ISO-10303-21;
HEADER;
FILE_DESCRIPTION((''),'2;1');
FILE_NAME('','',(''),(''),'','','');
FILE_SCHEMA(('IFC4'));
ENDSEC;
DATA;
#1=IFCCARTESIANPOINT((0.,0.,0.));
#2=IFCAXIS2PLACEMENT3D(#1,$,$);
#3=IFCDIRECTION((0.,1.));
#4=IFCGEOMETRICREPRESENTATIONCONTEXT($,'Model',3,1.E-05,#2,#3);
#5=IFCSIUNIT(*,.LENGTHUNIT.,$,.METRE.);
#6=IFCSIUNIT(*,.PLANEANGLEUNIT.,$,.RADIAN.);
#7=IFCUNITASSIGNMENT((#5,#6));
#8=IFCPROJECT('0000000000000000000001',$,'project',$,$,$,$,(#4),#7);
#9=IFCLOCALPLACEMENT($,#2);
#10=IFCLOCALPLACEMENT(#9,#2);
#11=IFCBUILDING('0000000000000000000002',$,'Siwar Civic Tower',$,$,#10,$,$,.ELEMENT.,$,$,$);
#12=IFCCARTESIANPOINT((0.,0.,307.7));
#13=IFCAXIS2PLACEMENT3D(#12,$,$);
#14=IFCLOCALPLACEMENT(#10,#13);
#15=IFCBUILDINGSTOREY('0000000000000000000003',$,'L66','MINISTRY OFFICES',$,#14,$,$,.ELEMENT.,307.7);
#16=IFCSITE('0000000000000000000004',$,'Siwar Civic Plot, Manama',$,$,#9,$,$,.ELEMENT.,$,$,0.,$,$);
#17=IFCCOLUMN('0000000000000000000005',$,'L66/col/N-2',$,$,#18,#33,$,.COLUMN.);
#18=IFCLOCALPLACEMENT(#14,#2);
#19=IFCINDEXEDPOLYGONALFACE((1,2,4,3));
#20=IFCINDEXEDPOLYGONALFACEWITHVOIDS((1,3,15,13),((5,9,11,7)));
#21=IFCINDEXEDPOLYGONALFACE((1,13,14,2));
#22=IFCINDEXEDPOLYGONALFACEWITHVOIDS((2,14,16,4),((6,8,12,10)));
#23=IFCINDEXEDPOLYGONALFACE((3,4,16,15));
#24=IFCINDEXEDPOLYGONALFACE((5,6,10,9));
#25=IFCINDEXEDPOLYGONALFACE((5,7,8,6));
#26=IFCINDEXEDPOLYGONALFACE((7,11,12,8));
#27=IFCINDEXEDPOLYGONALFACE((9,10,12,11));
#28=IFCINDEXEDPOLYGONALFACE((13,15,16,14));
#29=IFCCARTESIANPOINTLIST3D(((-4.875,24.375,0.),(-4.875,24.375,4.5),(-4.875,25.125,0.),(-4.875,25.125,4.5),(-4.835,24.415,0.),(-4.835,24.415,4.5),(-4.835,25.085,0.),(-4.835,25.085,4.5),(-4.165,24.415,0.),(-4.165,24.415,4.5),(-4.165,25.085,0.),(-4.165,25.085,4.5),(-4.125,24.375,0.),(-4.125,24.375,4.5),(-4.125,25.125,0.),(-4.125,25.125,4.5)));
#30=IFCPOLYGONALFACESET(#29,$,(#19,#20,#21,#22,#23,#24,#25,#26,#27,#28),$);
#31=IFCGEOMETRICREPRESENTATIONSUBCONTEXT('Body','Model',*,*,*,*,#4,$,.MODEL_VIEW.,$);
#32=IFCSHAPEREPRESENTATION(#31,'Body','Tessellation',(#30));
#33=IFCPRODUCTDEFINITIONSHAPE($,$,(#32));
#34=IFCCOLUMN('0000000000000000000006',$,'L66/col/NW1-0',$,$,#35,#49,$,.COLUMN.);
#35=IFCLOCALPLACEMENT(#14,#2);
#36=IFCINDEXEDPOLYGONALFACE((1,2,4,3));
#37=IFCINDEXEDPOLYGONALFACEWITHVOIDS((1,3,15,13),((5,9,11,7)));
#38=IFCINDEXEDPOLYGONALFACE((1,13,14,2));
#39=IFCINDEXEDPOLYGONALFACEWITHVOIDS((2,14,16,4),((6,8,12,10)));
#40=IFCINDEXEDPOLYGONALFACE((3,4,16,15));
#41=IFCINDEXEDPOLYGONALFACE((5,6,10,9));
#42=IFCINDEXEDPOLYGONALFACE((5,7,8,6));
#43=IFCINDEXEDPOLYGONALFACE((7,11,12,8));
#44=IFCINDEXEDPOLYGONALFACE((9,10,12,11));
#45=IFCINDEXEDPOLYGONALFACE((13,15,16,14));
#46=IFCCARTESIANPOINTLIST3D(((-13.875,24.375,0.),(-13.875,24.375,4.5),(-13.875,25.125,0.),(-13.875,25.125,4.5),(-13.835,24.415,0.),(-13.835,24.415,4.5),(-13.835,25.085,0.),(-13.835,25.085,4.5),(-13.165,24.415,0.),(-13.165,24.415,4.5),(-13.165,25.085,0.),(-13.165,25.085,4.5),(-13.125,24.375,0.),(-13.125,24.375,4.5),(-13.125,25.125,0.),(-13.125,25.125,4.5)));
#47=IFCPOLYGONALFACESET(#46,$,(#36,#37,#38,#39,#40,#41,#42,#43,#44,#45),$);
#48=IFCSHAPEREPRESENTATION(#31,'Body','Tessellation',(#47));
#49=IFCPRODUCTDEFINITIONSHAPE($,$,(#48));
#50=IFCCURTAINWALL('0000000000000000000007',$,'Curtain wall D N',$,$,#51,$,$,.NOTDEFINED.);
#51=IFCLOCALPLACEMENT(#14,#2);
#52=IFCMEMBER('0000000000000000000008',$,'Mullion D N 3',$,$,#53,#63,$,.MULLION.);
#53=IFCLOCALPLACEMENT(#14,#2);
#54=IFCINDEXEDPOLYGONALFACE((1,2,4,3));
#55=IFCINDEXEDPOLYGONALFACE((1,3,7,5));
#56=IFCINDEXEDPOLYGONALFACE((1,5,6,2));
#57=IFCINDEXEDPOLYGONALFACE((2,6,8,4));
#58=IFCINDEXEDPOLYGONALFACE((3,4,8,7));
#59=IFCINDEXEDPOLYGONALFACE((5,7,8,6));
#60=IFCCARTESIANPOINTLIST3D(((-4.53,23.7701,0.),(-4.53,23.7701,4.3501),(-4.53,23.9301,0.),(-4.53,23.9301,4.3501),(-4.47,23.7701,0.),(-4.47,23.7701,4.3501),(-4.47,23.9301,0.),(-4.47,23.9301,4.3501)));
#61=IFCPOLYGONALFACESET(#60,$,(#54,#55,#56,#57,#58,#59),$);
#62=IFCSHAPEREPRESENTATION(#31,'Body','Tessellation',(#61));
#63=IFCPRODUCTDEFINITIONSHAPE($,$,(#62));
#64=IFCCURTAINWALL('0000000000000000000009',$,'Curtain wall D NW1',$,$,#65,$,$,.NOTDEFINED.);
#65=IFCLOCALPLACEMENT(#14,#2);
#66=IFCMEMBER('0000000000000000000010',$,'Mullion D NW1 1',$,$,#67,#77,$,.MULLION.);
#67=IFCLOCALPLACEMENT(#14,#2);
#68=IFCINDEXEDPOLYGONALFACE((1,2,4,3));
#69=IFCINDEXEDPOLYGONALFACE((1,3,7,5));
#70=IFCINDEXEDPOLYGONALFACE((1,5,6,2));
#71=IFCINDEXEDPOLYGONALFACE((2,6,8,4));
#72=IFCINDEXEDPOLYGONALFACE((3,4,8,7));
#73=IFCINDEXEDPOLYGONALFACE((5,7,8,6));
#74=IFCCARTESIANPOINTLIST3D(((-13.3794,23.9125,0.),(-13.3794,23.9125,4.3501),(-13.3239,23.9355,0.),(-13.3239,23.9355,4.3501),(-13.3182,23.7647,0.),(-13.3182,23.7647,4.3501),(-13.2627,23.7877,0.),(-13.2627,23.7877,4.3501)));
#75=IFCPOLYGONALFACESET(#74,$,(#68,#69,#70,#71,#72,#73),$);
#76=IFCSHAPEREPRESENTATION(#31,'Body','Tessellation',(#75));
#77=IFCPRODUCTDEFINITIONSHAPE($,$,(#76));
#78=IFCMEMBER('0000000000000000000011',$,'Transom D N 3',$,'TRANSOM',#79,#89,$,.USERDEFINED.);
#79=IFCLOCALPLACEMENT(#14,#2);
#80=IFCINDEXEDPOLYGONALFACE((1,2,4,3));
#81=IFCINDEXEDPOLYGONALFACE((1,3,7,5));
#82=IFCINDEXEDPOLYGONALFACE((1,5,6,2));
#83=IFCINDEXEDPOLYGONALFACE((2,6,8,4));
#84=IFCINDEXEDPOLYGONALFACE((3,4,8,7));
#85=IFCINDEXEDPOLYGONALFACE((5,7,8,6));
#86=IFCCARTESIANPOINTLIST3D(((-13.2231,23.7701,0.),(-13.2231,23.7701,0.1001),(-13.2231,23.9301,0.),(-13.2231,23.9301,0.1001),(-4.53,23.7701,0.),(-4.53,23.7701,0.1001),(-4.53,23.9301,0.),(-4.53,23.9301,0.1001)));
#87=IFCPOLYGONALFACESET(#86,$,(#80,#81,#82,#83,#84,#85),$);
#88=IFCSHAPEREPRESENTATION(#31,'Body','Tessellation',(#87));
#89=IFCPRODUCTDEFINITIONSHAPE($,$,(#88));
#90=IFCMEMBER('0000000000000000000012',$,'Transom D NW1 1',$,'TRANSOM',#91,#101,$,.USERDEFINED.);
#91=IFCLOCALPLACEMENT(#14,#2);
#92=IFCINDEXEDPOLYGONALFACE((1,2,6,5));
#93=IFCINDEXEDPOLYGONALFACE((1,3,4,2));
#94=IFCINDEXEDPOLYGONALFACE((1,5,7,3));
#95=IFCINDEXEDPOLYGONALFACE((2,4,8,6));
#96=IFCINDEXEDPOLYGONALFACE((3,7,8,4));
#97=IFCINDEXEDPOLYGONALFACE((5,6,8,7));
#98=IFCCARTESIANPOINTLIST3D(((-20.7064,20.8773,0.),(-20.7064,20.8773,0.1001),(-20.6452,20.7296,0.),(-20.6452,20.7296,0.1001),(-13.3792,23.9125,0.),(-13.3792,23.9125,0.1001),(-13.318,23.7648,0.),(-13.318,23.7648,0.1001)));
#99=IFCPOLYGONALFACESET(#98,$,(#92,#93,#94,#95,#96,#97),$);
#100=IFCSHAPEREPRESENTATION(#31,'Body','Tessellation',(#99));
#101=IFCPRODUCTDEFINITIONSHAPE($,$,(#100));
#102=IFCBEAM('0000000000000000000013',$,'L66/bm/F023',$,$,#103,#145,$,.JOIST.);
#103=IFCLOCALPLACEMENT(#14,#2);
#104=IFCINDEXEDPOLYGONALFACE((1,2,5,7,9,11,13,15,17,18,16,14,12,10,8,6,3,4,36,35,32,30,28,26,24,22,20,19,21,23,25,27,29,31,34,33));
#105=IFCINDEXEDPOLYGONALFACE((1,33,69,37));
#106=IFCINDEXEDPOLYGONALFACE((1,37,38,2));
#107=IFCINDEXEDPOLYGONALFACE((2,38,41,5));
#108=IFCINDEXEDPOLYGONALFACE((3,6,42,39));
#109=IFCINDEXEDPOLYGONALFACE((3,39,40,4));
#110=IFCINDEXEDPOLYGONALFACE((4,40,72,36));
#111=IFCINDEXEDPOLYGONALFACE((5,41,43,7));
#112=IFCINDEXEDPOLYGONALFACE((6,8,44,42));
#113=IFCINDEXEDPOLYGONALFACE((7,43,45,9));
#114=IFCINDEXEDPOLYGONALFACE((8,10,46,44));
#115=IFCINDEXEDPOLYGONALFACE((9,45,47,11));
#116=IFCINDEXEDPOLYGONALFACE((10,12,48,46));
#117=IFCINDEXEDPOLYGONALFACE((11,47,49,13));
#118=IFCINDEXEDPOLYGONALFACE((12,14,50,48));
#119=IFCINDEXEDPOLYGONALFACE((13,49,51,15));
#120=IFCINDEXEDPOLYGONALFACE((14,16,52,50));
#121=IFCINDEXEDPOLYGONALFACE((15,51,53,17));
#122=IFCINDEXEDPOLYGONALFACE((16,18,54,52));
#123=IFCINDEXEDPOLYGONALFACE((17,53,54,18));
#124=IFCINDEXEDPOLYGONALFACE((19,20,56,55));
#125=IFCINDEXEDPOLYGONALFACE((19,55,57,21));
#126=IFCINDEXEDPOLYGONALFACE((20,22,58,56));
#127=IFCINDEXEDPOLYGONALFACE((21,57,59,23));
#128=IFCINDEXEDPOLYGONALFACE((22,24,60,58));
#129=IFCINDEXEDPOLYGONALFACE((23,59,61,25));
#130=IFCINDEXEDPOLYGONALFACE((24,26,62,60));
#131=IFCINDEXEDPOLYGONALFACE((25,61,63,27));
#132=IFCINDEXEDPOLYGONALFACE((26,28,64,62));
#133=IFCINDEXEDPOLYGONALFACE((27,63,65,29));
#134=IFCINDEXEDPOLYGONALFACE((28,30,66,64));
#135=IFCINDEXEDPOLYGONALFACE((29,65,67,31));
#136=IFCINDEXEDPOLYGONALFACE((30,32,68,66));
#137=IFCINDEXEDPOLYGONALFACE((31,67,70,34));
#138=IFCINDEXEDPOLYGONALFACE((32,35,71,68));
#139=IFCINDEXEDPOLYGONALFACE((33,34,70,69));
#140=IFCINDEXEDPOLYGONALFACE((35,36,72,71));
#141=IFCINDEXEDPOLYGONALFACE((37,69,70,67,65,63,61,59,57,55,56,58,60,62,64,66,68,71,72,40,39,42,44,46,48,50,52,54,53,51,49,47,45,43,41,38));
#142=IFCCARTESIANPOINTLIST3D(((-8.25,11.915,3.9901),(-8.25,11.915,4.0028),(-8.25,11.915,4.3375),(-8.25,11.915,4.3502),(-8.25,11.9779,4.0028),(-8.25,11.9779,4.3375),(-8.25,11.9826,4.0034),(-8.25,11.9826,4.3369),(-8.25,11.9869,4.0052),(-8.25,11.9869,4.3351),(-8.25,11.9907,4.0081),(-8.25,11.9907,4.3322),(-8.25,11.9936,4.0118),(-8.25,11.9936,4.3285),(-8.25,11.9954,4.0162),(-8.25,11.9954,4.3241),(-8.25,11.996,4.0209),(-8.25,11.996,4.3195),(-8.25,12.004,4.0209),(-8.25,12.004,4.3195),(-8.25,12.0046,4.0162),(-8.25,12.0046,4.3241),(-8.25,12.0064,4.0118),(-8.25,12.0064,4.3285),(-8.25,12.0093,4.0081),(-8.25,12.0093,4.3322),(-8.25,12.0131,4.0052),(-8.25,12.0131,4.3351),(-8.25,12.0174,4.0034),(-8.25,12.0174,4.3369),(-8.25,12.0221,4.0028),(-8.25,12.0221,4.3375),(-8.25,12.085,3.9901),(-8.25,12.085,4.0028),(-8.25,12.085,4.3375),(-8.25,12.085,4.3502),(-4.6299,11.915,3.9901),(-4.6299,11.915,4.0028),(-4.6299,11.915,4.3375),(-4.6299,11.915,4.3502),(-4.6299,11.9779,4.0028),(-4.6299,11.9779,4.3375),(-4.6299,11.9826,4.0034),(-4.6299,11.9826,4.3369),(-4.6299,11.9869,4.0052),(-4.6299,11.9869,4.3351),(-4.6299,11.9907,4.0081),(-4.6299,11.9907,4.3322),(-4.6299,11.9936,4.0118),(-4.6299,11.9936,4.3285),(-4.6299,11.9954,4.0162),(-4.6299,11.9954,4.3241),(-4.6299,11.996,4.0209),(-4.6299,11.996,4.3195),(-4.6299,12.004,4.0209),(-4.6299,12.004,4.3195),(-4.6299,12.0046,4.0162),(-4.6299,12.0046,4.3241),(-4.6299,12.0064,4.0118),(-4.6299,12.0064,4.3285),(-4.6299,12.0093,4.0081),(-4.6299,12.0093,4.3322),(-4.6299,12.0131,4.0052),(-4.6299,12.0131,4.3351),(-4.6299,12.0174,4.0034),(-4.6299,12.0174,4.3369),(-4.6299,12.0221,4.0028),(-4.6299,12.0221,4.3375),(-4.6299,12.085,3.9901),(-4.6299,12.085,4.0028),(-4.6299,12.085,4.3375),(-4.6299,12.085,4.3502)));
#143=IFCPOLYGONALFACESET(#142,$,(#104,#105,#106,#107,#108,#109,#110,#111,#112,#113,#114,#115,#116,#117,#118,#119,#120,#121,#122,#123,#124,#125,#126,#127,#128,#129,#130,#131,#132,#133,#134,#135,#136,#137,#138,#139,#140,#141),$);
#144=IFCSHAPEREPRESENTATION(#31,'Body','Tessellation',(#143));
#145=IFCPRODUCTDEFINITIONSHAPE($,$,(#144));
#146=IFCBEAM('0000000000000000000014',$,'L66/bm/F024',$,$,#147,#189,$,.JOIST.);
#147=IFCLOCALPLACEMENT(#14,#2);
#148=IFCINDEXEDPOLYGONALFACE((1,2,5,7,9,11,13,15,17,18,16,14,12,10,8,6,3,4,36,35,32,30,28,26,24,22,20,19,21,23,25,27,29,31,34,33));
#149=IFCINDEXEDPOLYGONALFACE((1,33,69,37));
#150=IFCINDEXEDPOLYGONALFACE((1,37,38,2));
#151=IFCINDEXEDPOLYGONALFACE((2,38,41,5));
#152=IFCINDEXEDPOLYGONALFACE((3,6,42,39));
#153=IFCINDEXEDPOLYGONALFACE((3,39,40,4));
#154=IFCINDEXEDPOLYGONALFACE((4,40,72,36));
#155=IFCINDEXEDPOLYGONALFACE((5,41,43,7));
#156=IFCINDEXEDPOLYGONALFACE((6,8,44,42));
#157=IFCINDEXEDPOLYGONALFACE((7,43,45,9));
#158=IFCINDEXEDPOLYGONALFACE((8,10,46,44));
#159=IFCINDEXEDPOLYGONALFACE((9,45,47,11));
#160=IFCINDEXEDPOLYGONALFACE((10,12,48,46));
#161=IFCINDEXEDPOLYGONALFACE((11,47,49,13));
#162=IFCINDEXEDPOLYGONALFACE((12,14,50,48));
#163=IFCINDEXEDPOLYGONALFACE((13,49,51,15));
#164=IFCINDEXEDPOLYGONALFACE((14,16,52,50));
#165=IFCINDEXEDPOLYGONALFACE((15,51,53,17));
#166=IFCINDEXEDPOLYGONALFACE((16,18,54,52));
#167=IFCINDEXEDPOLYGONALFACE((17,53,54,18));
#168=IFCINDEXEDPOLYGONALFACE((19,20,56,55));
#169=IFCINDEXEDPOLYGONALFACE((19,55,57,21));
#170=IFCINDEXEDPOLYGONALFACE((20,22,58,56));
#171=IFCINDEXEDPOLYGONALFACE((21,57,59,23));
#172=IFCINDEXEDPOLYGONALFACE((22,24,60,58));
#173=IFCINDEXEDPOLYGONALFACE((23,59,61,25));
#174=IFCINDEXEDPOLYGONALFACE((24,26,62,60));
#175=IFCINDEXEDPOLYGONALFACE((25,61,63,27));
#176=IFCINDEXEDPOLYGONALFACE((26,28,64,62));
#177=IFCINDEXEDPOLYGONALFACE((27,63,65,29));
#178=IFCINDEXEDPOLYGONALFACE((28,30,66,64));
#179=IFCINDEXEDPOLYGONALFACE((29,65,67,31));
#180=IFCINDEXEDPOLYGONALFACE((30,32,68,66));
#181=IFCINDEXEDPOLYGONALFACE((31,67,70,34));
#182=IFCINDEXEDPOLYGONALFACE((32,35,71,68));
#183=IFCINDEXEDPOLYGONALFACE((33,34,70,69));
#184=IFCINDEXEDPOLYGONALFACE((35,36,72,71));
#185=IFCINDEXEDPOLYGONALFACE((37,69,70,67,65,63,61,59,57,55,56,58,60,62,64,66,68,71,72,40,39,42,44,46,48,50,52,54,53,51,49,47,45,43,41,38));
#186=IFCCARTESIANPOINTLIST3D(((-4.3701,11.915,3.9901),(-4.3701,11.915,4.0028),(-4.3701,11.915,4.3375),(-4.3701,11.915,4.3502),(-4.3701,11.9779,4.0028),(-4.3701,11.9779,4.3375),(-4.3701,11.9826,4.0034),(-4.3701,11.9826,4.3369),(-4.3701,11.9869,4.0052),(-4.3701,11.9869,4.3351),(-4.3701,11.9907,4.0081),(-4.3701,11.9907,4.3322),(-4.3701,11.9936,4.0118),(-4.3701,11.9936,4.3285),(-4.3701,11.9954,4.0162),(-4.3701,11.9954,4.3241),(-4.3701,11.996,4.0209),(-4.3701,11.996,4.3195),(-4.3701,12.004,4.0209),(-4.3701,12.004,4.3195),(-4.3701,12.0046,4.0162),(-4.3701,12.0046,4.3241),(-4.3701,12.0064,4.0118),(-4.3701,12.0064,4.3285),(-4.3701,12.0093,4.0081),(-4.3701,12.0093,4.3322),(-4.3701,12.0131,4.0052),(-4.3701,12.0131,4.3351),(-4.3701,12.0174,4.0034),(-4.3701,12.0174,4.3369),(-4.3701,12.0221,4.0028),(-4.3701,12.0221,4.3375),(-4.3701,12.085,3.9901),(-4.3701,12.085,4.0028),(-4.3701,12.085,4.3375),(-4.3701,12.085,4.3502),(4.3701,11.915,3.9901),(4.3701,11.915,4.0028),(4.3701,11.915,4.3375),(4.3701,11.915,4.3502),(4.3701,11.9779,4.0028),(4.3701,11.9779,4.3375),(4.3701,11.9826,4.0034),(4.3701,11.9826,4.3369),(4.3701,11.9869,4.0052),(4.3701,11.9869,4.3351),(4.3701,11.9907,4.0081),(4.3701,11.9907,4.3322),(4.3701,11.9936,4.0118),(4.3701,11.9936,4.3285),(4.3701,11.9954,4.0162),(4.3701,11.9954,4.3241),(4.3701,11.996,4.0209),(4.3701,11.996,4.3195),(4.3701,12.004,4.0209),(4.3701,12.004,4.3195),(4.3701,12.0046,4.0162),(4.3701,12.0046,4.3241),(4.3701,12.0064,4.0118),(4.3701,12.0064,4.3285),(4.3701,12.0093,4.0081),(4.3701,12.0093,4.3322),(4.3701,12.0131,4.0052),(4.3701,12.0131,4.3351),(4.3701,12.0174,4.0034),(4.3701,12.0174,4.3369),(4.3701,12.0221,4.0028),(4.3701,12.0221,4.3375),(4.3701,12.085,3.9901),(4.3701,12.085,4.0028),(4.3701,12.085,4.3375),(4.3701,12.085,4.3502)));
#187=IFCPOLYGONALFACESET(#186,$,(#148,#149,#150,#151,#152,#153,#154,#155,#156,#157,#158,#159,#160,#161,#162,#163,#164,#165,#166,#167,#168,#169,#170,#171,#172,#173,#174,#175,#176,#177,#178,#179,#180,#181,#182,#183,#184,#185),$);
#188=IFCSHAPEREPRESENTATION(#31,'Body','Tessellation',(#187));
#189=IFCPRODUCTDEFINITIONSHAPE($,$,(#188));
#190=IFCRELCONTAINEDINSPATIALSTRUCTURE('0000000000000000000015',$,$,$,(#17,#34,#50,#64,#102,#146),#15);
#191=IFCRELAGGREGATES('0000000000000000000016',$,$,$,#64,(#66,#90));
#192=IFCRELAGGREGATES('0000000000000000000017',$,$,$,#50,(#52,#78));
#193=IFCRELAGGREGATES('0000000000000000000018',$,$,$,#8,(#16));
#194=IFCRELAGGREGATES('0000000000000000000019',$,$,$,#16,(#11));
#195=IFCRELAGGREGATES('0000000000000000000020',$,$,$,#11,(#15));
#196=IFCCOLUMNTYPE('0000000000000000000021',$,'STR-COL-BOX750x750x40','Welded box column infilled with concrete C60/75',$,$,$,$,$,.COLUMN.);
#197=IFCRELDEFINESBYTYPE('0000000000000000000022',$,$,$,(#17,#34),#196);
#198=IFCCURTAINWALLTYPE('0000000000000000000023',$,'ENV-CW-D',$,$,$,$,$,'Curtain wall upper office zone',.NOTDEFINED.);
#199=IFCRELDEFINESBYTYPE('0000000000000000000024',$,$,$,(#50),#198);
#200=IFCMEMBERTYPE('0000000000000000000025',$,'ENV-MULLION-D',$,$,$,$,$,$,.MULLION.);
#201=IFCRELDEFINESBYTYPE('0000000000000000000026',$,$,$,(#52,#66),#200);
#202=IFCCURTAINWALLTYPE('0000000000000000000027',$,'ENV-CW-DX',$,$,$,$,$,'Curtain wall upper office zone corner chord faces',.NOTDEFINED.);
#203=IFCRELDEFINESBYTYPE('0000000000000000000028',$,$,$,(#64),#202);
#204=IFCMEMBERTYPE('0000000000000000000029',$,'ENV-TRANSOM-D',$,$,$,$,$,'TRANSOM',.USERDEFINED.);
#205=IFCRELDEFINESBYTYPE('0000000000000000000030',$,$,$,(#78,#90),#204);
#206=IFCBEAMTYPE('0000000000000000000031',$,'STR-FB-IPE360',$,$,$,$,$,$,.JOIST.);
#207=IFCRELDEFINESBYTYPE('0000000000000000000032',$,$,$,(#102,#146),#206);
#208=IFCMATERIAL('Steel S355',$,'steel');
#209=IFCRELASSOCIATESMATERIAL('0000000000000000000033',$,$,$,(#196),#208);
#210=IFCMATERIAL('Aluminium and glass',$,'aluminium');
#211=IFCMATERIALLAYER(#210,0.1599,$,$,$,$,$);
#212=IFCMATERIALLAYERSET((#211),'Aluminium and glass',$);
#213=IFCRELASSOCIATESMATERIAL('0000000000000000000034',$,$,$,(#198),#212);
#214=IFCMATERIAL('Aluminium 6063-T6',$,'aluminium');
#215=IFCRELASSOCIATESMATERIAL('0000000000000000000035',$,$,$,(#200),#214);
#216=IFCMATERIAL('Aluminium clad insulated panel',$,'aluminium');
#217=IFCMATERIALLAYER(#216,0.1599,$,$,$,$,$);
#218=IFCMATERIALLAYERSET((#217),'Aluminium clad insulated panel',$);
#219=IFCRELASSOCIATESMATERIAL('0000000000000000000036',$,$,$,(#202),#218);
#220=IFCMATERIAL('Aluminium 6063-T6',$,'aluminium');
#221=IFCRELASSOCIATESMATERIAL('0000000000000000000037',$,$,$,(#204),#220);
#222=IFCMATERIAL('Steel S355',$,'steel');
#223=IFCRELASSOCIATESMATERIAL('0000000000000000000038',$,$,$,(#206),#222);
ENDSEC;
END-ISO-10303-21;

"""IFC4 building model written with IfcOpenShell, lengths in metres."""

from ifc_helpers import new_model, si_unit, direction, frame, origin, origin_2d, place, context, subcontext, project, spatial, rectangle, hollow_rectangle, i_section, extrude, material, layer, layer_set, material_profile, profile_set, type_object, element, aggregate, save


model = new_model("IFC4")

# Units and contexts
model_context = context("Model", 3, precision=1e-05, world=origin(), true_north=direction((0.0, 1.0)))
body_context = subcontext(model_context, "Body", "Model", "MODEL_VIEW")
ifc_project = project(units=[si_unit("LENGTHUNIT", "METRE"), si_unit("PLANEANGLEUNIT", "RADIAN")], contexts=[model_context])

# Site, building, storey
site_placement = place(None, origin())
site = spatial("IfcSite", under=ifc_project, at=site_placement, Name="Siwar Civic Plot, Manama", CompositionType="ELEMENT", RefElevation=0.0)
building_placement = place(site_placement, origin())
building = spatial("IfcBuilding", under=site, at=building_placement, Name="Siwar Civic Tower", CompositionType="ELEMENT")
storey_placement = place(building_placement, frame((0.0, 0.0, 307.7)))
storey = spatial("IfcBuildingStorey", under=building, at=storey_placement, Name="L66", Description="MINISTRY OFFICES", CompositionType="ELEMENT", Elevation=307.7)

# Columns
ifc_material_1 = material(Name="Steel S355", Category="steel")
ifc_material_profile_1 = material_profile(ifc_material_1, hollow_rectangle(XDim=0.75, YDim=0.75, WallThickness=0.04, at=origin_2d()), Name="BOX750x750x40")
ifc_profile_set_1 = profile_set([ifc_material_profile_1], Name="Steel S355")
column_type = type_object("IfcColumnType", Name="STR-COL-BOX750x750x40", Description="Welded box column infilled with concrete C60/75", PredefinedType="COLUMN", material=ifc_profile_set_1)
for number, where, z_axis, x_axis, name in (
    (1, (-4.5, 24.75, 0.0), (0.0, 0.0, 1.0), (1.0, 0.0, 0.0), "L66/col/N-2"),
    (2, (-13.5, 24.75, 0.0), (0.0, 0.0, 1.0), (1.0, 0.0, 0.0), "L66/col/NW1-0"),
):
    element("IfcColumn", number, at=place(storey_placement, frame(where, z_axis=z_axis, x_axis=x_axis)), inside=storey, type_object=column_type, Name=name, PredefinedType="COLUMN", context=body_context, shape_type="SweptSolid", body=[
        extrude(hollow_rectangle(XDim=0.75, YDim=0.75, WallThickness=0.04, at=origin_2d()), origin(), (0.0, 0.0, 1.0), 4.5),
    ])

# Curtain walls, members
ifc_material_2 = material(Name="Aluminium and glass", Category="aluminium")
ifc_layer_1 = layer(ifc_material_2, 0.1599)
ifc_layer_set_1 = layer_set([ifc_layer_1], Name="Aluminium and glass")
curtain_wall_type_1 = type_object("IfcCurtainWallType", Name="ENV-CW-D", ElementType="Curtain wall upper office zone", PredefinedType="NOTDEFINED", material=ifc_layer_set_1)
curtain_wall_1_placement = place(storey_placement, origin())
curtain_wall_1 = element("IfcCurtainWall", 3, at=curtain_wall_1_placement, inside=storey, type_object=curtain_wall_type_1, Name="Curtain wall D N", PredefinedType="NOTDEFINED")
ifc_material_3 = material(Name="Aluminium 6063-T6", Category="aluminium")
ifc_material_profile_2 = material_profile(ifc_material_3, rectangle(XDim=0.1599, YDim=0.0601, at=origin_2d()), Name="AL 160x60")
ifc_profile_set_2 = profile_set([ifc_material_profile_2], Name="Aluminium 6063-T6")
member_type_1 = type_object("IfcMemberType", Name="ENV-MULLION-D", PredefinedType="MULLION", material=ifc_profile_set_2)
member_1_placement = place(storey_placement, frame((-4.5, 23.8501, 0.0), z_axis=(0.0, 0.0, 1.0), x_axis=(0.0, -1.0, 0.0)))
member_1 = element("IfcMember", 4, at=member_1_placement, type_object=member_type_1, Name="Mullion D N 3", PredefinedType="MULLION", context=body_context, shape_type="SweptSolid", body=[
    extrude(rectangle(XDim=0.1599, YDim=0.0601, at=origin_2d()), origin(), (0.0, 0.0, 1.0), 4.3501),
])
ifc_material_4 = material(Name="Aluminium clad insulated panel", Category="aluminium")
ifc_layer_2 = layer(ifc_material_4, 0.1599)
ifc_layer_set_2 = layer_set([ifc_layer_2], Name="Aluminium clad insulated panel")
curtain_wall_type_2 = type_object("IfcCurtainWallType", Name="ENV-CW-DX", ElementType="Curtain wall upper office zone corner chord faces", PredefinedType="NOTDEFINED", material=ifc_layer_set_2)
curtain_wall_2_placement = place(storey_placement, origin())
curtain_wall_2 = element("IfcCurtainWall", 5, at=curtain_wall_2_placement, inside=storey, type_object=curtain_wall_type_2, Name="Curtain wall D NW1", PredefinedType="NOTDEFINED")
member_2_placement = place(storey_placement, frame((-13.321, 23.8501, 0.0), z_axis=(0.0, 0.0, 1.0), x_axis=(0.382683, -0.92388, 0.0)))
member_2 = element("IfcMember", 6, at=member_2_placement, type_object=member_type_1, Name="Mullion D NW1 1", PredefinedType="MULLION", context=body_context, shape_type="SweptSolid", body=[
    extrude(rectangle(XDim=0.1599, YDim=0.0601, at=origin_2d()), origin(), (0.0, 0.0, 1.0), 4.3501),
])

# Members
ifc_material_5 = material(Name="Aluminium 6063-T6", Category="aluminium")
ifc_material_profile_3 = material_profile(ifc_material_5, rectangle(XDim=0.1599, YDim=0.1001, at=origin_2d()), Name="AL 160x100")
ifc_profile_set_3 = profile_set([ifc_material_profile_3], Name="Aluminium 6063-T6")
member_type_2 = type_object("IfcMemberType", Name="ENV-TRANSOM-D", ElementType="TRANSOM", PredefinedType="USERDEFINED", material=ifc_profile_set_3)
member_3_placement = place(storey_placement, frame((-4.53, 23.8501, 0.05), z_axis=(-1.0, 0.0, 0.0), x_axis=(0.0, -1.0, 0.0)))
member_3 = element("IfcMember", 7, at=member_3_placement, type_object=member_type_2, Name="Transom D N 3", ObjectType="TRANSOM", PredefinedType="USERDEFINED", context=body_context, shape_type="SweptSolid", body=[
    extrude(rectangle(XDim=0.1599, YDim=0.1001, at=origin_2d()), origin(), (0.0, 0.0, 1.0), 8.6931),
])
member_4_placement = place(storey_placement, frame((-13.3486, 23.8386, 0.05), z_axis=(-0.923873, -0.3827, 0.0), x_axis=(0.3827, -0.923873, 0.0)))
member_4 = element("IfcMember", 8, at=member_4_placement, type_object=member_type_2, Name="Transom D NW1 1", ObjectType="TRANSOM", PredefinedType="USERDEFINED", context=body_context, shape_type="SweptSolid", body=[
    extrude(rectangle(XDim=0.1599, YDim=0.1001, at=origin_2d()), origin(), (0.0, 0.0, 1.0), 7.9309),
])
aggregate(curtain_wall_2, [member_2, member_4])

# Beams
ifc_material_6 = material(Name="Steel S355", Category="steel")
ifc_material_profile_4 = material_profile(ifc_material_6, i_section(OverallWidth=0.1699, OverallDepth=0.3601, WebThickness=0.0081, FlangeThickness=0.0127, FilletRadius=0.0181, at=origin_2d()), Name="IPE360")
ifc_profile_set_4 = profile_set([ifc_material_profile_4], Name="Steel S355")
beam_type_1 = type_object("IfcBeamType", Name="STR-FB-IPE360", PredefinedType="JOIST", material=ifc_profile_set_4)
beam_1_placement = place(storey_placement, frame((-8.25, 12.0, 4.1702), z_axis=(1.0, 0.0, 0.0), x_axis=(0.0, 1.0, 0.0)))
element("IfcBeam", 9, at=beam_1_placement, inside=storey, type_object=beam_type_1, Name="L66/bm/F023", PredefinedType="JOIST", context=body_context, shape_type="SweptSolid", body=[
    extrude(i_section(OverallWidth=0.1699, OverallDepth=0.3601, WebThickness=0.0081, FlangeThickness=0.0127, FilletRadius=0.0181, at=origin_2d()), origin(), (0.0, 0.0, 1.0), 3.6201),
])
for number, where, z_axis, x_axis, name in (
    (10, (-4.3701, 12.0, 4.1702), (1.0, 0.0, 0.0), (0.0, 1.0, 0.0), "L66/bm/F024"),
):
    element("IfcBeam", number, at=place(storey_placement, frame(where, z_axis=z_axis, x_axis=x_axis)), inside=storey, type_object=beam_type_1, Name=name, PredefinedType="JOIST", context=body_context, shape_type="SweptSolid", body=[
        extrude(i_section(OverallWidth=0.1699, OverallDepth=0.3601, WebThickness=0.0081, FlangeThickness=0.0127, FilletRadius=0.0181, at=origin_2d()), origin(), (0.0, 0.0, 1.0), 8.7402),
    ])

aggregate(curtain_wall_1, [member_1, member_3])

save(model, "model.ifc")
